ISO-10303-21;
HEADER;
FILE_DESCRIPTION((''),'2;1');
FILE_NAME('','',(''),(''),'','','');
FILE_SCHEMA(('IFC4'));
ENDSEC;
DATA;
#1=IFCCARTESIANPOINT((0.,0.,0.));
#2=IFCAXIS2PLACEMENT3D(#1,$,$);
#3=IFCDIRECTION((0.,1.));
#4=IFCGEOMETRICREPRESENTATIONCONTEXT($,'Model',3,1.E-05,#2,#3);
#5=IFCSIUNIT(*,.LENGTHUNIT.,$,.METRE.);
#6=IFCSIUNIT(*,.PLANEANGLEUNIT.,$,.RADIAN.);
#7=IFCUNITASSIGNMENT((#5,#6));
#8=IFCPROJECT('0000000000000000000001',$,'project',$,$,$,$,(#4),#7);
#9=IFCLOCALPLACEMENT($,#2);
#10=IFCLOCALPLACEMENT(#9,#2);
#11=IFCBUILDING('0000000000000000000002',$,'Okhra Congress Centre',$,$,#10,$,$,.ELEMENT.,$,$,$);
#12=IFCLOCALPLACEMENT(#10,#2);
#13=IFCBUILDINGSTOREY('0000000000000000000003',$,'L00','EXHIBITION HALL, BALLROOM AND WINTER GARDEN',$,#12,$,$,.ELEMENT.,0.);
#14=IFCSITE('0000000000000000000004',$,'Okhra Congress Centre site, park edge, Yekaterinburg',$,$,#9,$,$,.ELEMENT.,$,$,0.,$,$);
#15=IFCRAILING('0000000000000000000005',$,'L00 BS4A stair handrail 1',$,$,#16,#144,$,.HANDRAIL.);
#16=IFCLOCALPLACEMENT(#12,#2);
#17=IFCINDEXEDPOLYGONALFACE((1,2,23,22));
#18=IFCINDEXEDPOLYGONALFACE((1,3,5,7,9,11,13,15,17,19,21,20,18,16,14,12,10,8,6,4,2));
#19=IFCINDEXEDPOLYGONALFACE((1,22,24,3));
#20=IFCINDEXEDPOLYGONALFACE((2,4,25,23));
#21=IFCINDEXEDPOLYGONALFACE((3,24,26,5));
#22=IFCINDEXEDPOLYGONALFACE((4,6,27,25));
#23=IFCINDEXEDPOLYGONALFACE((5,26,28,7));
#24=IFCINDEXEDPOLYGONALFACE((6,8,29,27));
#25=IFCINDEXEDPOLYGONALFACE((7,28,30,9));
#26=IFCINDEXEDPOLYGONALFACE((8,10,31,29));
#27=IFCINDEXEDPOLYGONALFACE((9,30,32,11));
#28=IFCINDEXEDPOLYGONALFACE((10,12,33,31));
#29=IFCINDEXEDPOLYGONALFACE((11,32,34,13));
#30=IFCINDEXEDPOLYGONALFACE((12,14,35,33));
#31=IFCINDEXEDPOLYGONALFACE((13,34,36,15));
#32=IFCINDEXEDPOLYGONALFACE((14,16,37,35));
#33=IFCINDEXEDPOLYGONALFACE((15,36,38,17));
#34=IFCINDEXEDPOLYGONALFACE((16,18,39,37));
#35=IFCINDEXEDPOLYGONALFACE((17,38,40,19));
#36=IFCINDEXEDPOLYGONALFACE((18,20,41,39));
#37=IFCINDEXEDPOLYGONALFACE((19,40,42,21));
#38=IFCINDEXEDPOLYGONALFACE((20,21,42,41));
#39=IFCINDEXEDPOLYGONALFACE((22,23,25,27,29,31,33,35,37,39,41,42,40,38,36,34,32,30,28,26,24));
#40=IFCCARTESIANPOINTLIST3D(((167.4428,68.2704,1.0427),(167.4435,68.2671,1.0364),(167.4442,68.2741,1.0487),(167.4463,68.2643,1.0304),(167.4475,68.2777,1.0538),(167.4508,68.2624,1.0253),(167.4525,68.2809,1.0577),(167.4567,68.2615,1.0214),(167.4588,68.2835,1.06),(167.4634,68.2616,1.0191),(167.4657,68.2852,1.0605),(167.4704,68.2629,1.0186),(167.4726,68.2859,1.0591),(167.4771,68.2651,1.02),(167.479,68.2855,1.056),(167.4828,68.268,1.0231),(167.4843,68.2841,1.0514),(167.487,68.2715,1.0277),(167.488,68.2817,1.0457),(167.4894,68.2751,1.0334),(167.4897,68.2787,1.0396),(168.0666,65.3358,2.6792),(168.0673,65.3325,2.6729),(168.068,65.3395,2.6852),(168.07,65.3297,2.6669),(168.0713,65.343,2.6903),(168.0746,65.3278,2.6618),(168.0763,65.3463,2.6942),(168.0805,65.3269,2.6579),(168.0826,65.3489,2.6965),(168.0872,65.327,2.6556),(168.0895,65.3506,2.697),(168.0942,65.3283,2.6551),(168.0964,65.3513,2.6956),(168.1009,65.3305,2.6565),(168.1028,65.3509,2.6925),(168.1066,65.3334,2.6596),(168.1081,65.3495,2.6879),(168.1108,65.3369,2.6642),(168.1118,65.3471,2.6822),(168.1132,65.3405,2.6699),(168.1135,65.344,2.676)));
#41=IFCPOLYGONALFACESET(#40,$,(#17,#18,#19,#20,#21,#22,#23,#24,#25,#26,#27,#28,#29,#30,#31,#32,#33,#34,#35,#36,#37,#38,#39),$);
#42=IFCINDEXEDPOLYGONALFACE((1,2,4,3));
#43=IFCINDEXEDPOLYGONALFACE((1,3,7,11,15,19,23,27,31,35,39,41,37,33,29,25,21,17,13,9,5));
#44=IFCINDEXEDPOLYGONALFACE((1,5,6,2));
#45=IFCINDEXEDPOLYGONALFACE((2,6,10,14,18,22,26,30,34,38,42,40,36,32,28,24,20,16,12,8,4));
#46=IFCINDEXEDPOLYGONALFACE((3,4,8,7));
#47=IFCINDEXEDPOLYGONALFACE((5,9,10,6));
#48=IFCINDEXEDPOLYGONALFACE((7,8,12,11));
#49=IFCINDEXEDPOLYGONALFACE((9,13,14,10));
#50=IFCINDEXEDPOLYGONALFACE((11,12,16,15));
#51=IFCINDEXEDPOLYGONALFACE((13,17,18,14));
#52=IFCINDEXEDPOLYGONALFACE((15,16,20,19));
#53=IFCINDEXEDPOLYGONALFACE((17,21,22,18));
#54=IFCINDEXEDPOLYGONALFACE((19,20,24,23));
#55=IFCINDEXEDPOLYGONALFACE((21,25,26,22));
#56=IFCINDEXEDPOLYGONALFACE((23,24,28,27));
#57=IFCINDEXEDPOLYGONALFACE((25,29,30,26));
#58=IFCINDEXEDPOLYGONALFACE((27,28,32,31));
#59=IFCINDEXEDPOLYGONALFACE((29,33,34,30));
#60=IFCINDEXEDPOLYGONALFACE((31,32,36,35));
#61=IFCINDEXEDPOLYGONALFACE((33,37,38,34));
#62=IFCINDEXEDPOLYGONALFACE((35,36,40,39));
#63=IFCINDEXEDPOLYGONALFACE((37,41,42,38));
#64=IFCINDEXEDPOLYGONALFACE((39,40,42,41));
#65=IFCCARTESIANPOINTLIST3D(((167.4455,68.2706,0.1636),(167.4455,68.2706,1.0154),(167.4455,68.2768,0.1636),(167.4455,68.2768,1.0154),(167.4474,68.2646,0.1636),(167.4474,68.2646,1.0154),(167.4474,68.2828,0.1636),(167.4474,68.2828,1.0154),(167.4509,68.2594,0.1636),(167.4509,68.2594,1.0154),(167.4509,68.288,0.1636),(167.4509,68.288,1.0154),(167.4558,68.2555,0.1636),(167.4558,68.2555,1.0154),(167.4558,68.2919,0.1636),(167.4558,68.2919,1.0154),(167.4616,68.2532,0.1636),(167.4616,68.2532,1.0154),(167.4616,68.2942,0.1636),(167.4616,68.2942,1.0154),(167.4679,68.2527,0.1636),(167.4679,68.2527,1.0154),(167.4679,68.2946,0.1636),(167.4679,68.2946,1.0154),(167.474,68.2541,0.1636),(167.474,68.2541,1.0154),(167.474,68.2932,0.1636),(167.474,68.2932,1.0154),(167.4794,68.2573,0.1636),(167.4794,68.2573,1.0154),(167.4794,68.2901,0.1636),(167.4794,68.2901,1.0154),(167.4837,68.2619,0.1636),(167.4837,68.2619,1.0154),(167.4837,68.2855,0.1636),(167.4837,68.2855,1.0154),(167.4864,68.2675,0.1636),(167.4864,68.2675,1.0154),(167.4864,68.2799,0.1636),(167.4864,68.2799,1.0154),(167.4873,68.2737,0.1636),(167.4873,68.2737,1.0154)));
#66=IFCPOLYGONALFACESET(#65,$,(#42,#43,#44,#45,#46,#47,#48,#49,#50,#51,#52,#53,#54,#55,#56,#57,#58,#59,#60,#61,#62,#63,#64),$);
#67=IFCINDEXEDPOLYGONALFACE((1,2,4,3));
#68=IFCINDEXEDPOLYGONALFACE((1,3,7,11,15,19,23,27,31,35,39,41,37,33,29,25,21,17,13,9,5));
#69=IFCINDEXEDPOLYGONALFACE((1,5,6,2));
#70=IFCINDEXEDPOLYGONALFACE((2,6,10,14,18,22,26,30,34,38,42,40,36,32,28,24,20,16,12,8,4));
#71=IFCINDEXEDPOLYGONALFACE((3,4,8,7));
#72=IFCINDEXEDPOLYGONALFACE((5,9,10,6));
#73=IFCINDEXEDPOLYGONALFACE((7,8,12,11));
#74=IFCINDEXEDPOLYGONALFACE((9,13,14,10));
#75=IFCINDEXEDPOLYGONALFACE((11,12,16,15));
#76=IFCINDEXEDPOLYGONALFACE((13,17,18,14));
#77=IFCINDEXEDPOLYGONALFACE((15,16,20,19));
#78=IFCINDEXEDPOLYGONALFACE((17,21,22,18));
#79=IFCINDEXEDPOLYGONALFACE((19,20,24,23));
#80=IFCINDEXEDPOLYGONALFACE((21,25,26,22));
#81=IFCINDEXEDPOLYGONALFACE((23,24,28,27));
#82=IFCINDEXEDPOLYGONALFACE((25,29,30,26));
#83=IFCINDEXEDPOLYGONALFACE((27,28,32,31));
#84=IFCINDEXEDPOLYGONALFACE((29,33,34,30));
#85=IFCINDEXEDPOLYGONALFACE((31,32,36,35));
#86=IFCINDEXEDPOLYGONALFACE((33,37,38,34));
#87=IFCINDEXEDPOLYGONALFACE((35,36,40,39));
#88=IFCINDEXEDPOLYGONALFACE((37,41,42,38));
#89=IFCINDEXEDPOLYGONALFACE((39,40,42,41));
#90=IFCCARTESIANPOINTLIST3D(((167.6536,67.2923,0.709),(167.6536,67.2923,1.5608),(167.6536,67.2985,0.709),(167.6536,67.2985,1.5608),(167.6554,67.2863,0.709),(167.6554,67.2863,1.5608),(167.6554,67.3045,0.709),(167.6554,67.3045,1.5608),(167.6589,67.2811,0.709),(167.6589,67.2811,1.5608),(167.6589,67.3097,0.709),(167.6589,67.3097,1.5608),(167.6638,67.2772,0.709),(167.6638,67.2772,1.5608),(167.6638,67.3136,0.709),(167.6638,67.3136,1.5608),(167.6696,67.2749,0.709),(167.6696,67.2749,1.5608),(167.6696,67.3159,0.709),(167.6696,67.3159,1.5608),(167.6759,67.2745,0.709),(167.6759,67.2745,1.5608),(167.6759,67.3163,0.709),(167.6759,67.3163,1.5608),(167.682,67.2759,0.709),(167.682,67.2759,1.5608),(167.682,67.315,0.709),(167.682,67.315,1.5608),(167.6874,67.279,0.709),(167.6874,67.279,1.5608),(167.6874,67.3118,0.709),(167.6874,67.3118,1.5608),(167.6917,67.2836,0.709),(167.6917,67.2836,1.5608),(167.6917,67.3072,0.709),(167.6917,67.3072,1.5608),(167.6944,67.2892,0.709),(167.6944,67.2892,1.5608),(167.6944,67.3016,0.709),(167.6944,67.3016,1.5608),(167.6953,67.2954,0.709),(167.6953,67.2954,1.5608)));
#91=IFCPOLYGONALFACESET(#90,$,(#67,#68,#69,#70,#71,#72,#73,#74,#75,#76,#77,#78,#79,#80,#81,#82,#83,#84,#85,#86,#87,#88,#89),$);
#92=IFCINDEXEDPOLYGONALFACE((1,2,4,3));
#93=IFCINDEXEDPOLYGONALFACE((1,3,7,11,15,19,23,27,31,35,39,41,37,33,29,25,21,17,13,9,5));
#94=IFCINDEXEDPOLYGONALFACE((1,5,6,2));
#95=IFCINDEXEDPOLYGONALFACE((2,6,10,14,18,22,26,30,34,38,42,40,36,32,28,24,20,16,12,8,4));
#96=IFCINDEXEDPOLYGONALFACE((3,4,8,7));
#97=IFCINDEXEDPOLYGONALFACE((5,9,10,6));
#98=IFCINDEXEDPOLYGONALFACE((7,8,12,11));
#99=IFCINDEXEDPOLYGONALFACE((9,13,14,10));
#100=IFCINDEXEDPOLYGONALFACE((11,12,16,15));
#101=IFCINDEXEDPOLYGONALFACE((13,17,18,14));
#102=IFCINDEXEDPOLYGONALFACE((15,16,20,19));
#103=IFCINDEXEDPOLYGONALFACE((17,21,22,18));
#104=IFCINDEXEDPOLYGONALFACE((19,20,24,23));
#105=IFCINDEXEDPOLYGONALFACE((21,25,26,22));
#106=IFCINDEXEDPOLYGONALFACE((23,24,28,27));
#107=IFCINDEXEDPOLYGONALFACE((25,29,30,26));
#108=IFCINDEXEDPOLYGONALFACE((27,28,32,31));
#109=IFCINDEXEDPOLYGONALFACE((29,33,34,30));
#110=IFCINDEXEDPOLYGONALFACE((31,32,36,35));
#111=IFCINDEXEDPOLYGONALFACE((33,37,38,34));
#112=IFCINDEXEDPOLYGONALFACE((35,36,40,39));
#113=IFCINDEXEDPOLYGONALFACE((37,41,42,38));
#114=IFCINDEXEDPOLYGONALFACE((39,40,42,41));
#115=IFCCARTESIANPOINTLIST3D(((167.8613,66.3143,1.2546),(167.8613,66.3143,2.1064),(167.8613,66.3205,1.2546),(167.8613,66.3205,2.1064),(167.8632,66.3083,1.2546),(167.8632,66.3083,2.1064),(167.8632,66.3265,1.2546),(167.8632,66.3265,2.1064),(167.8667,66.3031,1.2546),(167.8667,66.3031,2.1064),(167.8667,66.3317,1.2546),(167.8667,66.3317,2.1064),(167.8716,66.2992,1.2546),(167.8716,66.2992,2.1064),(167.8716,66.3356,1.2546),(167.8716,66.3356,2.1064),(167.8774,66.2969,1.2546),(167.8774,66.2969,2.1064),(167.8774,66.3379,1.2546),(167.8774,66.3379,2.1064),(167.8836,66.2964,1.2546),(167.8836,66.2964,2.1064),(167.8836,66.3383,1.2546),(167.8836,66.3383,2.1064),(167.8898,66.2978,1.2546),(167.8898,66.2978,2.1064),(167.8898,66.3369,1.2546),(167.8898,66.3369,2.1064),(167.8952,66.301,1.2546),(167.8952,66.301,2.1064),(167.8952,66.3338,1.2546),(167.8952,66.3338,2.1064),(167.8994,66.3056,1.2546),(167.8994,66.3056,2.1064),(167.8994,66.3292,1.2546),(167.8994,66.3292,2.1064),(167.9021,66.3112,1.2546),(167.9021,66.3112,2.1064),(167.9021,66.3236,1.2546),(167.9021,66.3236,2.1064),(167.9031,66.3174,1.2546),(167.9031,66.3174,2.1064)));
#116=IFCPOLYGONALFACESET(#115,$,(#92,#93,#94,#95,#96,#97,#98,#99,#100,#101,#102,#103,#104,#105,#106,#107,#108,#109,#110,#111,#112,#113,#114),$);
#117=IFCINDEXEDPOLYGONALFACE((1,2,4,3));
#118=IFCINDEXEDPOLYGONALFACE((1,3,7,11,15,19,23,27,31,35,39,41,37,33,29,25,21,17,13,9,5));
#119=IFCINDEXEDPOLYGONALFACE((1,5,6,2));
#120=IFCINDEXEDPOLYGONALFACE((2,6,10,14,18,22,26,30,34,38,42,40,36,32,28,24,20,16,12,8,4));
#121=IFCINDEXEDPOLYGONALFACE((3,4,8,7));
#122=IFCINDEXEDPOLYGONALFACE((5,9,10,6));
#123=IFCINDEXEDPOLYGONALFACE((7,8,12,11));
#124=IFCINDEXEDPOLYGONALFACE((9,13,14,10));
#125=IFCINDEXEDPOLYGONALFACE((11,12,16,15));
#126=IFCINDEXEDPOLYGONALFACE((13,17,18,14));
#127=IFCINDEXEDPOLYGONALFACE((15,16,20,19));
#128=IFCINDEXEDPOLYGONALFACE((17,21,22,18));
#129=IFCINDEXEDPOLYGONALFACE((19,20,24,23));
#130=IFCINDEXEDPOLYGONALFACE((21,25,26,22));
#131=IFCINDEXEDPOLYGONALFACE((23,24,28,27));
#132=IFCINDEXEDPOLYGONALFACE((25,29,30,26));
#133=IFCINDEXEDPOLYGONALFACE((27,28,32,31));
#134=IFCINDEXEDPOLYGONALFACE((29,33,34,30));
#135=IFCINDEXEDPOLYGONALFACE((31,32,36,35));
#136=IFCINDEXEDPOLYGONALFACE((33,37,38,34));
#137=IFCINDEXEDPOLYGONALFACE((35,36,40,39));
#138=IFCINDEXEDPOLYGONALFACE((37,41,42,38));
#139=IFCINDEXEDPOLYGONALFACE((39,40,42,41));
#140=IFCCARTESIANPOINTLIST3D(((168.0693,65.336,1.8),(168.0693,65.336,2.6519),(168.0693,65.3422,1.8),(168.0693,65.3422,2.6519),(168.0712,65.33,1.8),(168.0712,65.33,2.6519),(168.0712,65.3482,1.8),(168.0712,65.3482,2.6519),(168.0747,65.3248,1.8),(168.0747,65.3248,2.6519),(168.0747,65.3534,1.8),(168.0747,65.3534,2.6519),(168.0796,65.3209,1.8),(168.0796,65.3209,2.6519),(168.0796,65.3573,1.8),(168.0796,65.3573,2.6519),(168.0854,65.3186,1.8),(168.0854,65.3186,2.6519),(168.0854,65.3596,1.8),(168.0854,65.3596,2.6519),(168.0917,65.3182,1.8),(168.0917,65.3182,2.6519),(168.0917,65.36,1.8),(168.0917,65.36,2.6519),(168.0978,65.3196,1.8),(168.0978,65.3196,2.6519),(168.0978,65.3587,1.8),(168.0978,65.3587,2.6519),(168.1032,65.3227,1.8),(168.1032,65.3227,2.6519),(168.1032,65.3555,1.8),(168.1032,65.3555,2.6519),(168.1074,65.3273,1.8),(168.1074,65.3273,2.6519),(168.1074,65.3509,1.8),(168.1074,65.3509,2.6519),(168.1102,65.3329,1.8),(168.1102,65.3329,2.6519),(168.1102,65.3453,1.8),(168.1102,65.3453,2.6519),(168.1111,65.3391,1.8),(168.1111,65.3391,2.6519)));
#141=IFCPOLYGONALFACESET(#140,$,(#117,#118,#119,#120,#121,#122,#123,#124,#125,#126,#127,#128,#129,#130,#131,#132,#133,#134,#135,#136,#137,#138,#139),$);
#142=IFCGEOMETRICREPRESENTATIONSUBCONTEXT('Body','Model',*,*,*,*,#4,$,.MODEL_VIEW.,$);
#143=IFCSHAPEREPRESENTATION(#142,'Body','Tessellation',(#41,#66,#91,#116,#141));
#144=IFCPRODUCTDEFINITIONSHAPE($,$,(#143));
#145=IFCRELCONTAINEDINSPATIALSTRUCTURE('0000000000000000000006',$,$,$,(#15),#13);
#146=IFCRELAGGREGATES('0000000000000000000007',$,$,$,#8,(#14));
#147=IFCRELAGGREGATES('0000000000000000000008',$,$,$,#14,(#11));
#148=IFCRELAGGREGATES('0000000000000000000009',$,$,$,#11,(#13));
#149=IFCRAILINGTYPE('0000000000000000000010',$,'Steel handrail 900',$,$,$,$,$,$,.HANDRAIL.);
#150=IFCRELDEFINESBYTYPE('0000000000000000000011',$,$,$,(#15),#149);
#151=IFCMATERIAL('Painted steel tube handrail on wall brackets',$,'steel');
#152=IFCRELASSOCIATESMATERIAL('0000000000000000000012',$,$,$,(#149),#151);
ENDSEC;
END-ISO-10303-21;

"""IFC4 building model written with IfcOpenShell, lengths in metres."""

from ifc_helpers import new_model, si_unit, direction, frame, origin, origin_2d, place, context, subcontext, project, spatial, circle, extrude, material, type_object, element, save


model = new_model("IFC4")

# Units and contexts
model_context = context("Model", 3, precision=1e-05, world=origin(), true_north=direction((0.0, 1.0)))
body_context = subcontext(model_context, "Body", "Model", "MODEL_VIEW")
ifc_project = project(units=[si_unit("LENGTHUNIT", "METRE"), si_unit("PLANEANGLEUNIT", "RADIAN")], contexts=[model_context])

# Site, building, storey
site_placement = place(None, origin())
site = spatial("IfcSite", under=ifc_project, at=site_placement, Name="Okhra Congress Centre site, park edge, Yekaterinburg", CompositionType="ELEMENT", RefElevation=0.0)
building_placement = place(site_placement, origin())
building = spatial("IfcBuilding", under=site, at=building_placement, Name="Okhra Congress Centre", CompositionType="ELEMENT")
storey_placement = place(building_placement, origin())
storey = spatial("IfcBuildingStorey", under=building, at=storey_placement, Name="L00", Description="EXHIBITION HALL, BALLROOM AND WINTER GARDEN", CompositionType="ELEMENT", Elevation=0.0)

# Railing
ifc_material_1 = material(Name="Painted steel tube handrail on wall brackets", Category="steel")
railing_type = type_object("IfcRailingType", Name="Steel handrail 900", PredefinedType="HANDRAIL", material=ifc_material_1)
railing_placement = place(storey_placement, frame((167.4663, 68.2737, 0.1636)))
element("IfcRailing", 1, at=railing_placement, inside=storey, type_object=railing_type, Name="L00 BS4A stair handrail 1", PredefinedType="HANDRAIL", context=body_context, shape_type="SweptSolid", body=[
    extrude(circle(Radius=0.0239, at=origin_2d()), frame((0.0, 0.0, 0.876), z_axis=(0.182529, -0.858706, 0.478861), x_axis=(0.978146, 0.207917, 0.0)), (0.0, 0.0, 1.0), 3.4175),
    extrude(circle(Radius=0.021, at=origin_2d()), origin(), (0.0, 0.0, 1.0), 0.8518),
    extrude(circle(Radius=0.021, at=origin_2d()), frame((0.208, -0.9783, 0.5454)), (0.0, 0.0, 1.0), 0.8518),
    extrude(circle(Radius=0.021, at=origin_2d()), frame((0.4158, -1.9563, 1.0911)), (0.0, 0.0, 1.0), 0.8518),
    extrude(circle(Radius=0.021, at=origin_2d()), frame((0.6238, -2.9346, 1.6365)), (0.0, 0.0, 1.0), 0.8518),
])

save(model, "model.ifc")
